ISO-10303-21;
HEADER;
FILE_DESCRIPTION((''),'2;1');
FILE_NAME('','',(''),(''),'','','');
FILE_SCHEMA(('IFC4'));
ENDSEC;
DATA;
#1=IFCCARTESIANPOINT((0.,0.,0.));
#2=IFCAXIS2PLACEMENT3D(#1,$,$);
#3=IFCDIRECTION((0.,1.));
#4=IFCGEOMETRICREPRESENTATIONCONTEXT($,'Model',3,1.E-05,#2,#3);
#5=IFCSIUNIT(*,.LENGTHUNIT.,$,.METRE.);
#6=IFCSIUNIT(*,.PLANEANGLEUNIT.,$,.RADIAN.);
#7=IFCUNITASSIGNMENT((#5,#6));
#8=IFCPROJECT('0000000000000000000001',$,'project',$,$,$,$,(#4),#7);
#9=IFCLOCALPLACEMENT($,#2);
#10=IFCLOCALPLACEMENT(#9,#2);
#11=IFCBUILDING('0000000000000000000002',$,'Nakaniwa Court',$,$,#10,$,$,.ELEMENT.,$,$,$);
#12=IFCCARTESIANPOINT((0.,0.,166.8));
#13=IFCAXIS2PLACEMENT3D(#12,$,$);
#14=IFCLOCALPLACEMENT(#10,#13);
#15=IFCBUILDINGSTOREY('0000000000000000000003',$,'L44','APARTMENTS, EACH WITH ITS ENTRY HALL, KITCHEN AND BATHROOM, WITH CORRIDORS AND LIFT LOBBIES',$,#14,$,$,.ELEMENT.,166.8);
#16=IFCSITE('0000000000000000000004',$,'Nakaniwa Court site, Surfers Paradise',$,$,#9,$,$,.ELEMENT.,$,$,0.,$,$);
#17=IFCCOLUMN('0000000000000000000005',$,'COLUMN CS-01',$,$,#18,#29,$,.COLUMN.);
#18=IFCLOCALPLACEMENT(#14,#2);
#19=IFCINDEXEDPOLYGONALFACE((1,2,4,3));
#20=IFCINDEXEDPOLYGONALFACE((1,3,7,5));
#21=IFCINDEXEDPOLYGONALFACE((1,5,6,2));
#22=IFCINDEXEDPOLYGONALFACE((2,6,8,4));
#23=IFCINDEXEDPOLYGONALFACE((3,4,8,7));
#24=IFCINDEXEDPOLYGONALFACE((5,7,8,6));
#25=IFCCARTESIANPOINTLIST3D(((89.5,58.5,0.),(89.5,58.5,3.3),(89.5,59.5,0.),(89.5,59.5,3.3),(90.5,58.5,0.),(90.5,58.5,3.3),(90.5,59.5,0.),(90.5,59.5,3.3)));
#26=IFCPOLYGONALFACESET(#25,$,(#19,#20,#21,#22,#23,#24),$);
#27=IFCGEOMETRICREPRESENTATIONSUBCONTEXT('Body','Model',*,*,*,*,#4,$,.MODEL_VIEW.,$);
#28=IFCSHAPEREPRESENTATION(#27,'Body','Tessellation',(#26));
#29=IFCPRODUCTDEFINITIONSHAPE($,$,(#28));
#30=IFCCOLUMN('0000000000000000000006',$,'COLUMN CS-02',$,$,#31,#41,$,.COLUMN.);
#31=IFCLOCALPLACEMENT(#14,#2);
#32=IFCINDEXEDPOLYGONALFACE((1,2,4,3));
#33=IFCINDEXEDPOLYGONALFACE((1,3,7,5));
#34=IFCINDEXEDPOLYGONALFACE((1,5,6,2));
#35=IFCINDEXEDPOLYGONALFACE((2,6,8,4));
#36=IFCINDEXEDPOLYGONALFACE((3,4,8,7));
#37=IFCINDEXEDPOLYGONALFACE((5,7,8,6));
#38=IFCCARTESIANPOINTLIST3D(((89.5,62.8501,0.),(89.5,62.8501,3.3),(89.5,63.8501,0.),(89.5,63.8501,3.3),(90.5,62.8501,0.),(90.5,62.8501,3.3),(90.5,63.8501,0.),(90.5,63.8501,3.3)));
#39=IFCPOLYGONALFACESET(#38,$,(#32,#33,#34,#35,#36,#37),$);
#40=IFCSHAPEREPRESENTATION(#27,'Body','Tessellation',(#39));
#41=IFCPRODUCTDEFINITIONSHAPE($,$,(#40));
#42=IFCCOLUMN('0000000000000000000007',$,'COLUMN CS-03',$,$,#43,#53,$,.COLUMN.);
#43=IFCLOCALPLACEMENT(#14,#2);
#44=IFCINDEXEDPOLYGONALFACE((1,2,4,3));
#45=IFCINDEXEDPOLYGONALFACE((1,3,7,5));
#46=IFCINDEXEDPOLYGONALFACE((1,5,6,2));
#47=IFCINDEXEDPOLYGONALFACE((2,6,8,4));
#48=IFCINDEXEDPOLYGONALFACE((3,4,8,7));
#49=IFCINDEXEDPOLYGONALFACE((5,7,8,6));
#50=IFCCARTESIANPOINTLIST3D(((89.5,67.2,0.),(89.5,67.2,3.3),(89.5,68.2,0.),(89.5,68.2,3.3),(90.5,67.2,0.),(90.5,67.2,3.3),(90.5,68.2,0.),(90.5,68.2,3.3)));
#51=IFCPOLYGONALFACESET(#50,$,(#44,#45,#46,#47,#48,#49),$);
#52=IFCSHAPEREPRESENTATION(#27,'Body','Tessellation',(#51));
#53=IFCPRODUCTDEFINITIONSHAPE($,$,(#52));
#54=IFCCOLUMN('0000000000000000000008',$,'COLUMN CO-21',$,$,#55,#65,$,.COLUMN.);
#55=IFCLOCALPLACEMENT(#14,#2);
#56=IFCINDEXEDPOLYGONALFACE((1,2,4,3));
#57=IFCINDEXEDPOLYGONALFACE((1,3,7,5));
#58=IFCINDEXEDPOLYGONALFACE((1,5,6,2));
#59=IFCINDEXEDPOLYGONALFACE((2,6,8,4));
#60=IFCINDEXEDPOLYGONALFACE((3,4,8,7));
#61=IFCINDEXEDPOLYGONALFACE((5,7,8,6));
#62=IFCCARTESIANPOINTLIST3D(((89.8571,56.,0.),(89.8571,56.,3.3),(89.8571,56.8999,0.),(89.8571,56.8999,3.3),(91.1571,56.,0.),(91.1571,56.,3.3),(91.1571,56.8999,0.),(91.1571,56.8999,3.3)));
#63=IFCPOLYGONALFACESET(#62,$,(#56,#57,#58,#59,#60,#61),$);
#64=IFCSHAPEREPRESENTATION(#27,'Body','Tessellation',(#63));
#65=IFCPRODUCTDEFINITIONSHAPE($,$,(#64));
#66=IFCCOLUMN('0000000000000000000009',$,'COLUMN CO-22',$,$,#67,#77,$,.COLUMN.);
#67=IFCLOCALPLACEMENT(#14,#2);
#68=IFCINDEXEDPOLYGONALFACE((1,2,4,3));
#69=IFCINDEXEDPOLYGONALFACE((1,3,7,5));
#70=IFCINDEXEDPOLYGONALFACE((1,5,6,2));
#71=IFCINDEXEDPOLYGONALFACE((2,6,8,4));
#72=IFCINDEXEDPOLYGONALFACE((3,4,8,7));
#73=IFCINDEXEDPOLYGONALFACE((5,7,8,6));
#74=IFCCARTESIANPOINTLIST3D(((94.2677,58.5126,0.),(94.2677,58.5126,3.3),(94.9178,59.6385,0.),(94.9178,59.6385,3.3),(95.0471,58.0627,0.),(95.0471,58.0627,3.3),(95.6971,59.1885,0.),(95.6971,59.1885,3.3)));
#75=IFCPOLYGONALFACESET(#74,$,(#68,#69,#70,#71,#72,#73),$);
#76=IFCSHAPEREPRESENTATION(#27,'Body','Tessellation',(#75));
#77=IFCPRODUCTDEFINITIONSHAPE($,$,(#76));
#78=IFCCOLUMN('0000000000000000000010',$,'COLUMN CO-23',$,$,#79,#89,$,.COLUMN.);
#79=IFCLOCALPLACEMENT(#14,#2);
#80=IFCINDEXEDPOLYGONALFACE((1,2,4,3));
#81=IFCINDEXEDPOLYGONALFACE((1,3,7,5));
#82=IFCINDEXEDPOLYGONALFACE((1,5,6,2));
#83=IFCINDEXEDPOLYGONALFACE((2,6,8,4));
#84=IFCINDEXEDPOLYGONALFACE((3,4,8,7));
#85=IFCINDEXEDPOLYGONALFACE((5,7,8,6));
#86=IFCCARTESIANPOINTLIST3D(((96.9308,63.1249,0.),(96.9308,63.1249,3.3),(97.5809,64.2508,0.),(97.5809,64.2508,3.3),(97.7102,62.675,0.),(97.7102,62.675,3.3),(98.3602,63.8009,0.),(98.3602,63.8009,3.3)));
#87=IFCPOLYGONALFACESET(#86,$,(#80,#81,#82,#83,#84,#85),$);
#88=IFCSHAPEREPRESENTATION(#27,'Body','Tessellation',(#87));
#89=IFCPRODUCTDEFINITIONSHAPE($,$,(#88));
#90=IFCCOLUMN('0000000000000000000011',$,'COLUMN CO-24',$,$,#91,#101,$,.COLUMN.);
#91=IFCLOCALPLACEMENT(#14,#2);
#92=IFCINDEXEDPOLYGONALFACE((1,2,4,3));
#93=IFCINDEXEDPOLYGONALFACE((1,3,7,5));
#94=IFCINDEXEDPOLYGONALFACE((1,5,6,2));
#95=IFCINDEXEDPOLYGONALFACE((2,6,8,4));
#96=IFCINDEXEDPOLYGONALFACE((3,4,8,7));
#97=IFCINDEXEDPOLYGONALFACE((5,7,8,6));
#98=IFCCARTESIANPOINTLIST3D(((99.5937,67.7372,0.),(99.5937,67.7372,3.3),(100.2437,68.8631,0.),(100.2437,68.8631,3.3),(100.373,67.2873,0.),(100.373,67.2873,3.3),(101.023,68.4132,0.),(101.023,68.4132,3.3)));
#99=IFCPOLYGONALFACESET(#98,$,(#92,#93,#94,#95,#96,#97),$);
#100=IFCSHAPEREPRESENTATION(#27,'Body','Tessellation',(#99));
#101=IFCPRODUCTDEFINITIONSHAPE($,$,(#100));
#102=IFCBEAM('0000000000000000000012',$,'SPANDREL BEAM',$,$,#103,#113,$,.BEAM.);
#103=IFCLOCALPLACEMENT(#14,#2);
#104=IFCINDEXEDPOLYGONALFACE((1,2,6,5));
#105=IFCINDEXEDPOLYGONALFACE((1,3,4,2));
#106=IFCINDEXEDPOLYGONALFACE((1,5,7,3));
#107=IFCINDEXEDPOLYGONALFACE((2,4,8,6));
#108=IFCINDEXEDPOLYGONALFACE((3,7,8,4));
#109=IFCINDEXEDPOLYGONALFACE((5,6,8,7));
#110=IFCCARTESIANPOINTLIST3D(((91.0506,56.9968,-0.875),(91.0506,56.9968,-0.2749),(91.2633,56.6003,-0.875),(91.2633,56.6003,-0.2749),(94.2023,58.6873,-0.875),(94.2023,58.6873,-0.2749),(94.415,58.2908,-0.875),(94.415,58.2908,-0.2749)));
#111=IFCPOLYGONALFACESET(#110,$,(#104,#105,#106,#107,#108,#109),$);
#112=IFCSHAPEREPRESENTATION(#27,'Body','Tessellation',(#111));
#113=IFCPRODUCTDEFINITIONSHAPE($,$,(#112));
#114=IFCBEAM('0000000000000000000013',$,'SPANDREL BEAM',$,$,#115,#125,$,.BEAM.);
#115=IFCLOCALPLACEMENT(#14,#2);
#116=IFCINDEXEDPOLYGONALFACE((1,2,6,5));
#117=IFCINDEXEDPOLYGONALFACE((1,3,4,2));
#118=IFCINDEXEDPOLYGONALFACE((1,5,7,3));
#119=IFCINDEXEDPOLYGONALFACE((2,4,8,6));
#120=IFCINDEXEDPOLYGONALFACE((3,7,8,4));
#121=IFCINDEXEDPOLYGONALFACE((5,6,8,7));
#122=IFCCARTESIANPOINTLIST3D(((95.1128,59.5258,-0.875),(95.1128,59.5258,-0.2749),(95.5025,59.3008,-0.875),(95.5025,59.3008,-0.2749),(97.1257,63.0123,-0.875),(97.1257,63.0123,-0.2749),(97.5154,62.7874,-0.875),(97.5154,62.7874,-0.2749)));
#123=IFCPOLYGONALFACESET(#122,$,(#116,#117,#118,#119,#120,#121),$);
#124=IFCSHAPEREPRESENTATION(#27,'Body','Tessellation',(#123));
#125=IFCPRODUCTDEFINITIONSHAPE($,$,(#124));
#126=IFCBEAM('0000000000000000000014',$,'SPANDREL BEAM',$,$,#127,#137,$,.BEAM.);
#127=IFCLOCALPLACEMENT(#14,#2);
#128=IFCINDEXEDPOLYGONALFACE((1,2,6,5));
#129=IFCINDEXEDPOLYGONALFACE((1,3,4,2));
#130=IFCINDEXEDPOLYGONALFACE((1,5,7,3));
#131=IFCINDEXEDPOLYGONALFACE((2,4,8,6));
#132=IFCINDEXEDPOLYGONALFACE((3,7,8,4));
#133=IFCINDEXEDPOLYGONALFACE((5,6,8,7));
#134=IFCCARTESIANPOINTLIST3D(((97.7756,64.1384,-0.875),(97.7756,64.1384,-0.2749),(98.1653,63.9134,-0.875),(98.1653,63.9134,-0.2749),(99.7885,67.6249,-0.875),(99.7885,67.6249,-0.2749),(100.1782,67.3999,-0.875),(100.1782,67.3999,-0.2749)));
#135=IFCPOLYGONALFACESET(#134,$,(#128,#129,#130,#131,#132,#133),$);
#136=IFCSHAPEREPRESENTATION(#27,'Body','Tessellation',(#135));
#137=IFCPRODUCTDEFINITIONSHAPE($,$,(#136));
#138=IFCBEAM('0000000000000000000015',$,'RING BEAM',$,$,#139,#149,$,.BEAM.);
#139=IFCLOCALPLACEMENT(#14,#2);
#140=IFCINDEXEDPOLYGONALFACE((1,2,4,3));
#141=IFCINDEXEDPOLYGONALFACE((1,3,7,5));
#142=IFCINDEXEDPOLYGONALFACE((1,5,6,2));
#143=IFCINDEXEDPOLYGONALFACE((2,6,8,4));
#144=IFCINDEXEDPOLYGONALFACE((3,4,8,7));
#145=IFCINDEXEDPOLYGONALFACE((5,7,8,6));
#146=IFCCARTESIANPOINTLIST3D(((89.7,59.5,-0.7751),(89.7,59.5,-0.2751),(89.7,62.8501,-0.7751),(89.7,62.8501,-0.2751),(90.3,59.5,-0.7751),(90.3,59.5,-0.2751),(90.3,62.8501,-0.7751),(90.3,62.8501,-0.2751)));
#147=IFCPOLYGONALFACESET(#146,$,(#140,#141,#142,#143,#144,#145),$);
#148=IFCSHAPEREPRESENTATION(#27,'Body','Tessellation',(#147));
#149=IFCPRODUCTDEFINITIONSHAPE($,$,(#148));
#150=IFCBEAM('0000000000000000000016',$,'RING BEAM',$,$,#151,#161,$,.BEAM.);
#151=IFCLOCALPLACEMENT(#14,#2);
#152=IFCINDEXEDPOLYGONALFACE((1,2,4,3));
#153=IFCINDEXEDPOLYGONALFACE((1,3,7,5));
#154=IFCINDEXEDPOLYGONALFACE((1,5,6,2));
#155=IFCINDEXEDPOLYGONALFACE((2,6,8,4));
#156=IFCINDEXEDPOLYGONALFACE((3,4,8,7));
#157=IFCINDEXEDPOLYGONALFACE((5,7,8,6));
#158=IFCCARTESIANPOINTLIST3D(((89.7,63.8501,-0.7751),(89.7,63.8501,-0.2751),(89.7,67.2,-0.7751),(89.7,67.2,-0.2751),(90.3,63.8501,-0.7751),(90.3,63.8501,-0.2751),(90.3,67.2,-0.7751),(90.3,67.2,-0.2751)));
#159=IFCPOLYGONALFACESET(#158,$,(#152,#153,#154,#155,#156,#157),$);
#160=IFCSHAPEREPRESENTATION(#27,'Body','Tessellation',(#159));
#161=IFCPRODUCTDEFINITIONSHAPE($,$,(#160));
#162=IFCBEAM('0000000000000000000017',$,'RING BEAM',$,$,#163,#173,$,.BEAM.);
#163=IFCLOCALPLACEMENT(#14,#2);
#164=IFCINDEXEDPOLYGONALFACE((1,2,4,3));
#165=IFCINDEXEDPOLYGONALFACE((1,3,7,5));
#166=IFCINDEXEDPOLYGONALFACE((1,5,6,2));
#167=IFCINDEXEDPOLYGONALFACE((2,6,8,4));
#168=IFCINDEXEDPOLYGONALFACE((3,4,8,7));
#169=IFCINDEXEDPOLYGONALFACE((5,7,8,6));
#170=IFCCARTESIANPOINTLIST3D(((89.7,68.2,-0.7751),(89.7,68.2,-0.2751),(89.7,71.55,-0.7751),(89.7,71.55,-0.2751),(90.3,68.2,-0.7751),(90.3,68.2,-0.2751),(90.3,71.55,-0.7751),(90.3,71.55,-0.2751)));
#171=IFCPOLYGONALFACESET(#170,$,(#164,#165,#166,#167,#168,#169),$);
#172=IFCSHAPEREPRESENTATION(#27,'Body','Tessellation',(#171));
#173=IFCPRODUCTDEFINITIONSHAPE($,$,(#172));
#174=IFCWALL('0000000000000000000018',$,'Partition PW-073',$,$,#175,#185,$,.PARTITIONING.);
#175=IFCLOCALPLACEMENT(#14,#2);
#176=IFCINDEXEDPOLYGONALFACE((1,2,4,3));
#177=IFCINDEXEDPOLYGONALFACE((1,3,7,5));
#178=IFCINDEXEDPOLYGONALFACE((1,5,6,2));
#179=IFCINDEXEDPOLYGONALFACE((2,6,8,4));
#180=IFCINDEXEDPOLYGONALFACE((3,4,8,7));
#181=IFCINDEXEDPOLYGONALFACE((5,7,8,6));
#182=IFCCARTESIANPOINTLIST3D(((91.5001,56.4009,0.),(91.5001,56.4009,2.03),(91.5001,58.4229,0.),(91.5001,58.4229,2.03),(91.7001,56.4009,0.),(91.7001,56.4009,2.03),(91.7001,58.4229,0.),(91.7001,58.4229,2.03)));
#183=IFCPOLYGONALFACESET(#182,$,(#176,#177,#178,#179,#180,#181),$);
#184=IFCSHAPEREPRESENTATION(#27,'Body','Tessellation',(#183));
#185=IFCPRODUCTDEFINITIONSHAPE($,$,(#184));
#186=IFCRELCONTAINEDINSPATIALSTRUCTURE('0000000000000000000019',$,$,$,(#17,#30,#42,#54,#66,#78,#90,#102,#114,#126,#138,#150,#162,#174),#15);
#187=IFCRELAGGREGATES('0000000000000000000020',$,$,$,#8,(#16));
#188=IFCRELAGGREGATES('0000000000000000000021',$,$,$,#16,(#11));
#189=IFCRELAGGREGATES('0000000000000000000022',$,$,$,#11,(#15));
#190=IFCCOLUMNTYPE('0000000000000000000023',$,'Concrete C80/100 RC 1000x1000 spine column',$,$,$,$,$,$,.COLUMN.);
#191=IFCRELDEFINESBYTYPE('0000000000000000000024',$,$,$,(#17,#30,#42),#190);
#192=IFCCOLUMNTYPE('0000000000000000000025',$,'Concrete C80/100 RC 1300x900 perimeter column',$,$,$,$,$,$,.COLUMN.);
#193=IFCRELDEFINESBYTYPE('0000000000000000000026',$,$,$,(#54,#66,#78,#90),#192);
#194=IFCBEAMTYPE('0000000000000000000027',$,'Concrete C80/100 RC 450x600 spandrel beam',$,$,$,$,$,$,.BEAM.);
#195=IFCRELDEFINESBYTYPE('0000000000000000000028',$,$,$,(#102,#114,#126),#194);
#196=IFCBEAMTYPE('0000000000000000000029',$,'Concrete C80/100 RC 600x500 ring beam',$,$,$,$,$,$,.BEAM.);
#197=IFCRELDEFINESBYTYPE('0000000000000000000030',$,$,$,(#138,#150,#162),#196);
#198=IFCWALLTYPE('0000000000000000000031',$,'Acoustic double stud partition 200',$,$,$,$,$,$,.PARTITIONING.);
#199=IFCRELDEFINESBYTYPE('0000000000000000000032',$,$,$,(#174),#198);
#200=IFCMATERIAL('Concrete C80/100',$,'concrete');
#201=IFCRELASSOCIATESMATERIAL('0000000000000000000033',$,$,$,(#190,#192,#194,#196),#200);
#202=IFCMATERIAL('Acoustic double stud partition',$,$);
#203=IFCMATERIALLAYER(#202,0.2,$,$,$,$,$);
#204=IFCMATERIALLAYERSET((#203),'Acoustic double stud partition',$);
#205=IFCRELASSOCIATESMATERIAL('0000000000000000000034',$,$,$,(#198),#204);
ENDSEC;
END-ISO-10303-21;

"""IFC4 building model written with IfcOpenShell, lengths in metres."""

from ifc_helpers import new_model, si_unit, direction, frame, frame_2d, origin, origin_2d, place, context, subcontext, project, spatial, rectangle, extrude, material, layer, layer_set, material_profile, profile_set, type_object, element, save


model = new_model("IFC4")

# Units and contexts
model_context = context("Model", 3, precision=1e-05, world=origin(), true_north=direction((0.0, 1.0)))
body_context = subcontext(model_context, "Body", "Model", "MODEL_VIEW")
ifc_project = project(units=[si_unit("LENGTHUNIT", "METRE"), si_unit("PLANEANGLEUNIT", "RADIAN")], contexts=[model_context])

# Site, building, storey
site_placement = place(None, origin())
site = spatial("IfcSite", under=ifc_project, at=site_placement, Name="Nakaniwa Court site, Surfers Paradise", CompositionType="ELEMENT", RefElevation=0.0)
building_placement = place(site_placement, origin())
building = spatial("IfcBuilding", under=site, at=building_placement, Name="Nakaniwa Court", CompositionType="ELEMENT")
storey_placement = place(building_placement, frame((0.0, 0.0, 166.8)))
storey = spatial("IfcBuildingStorey", under=building, at=storey_placement, Name="L44", Description="APARTMENTS, EACH WITH ITS ENTRY HALL, KITCHEN AND BATHROOM, WITH CORRIDORS AND LIFT LOBBIES", CompositionType="ELEMENT", Elevation=166.8)

# Columns
ifc_material_1 = material(Name="Concrete C80/100", Category="concrete")
ifc_material_profile_1 = material_profile(ifc_material_1, rectangle(XDim=1.0, YDim=1.0, at=origin_2d()), Name="Concrete C80/100 RC 1000x1000 spine column")
ifc_profile_set_1 = profile_set([ifc_material_profile_1], Name="Concrete C80/100")
column_type_1 = type_object("IfcColumnType", Name="Concrete C80/100 RC 1000x1000 spine column", PredefinedType="COLUMN", material=ifc_profile_set_1)
for number, where, z_axis, x_axis, name in (
    (1, (90.0, 59.0, 0.0), (0.0, 0.0, 1.0), (0.0, 1.0, 0.0), "COLUMN CS-01"),
    (2, (90.0, 63.3501, 0.0), (0.0, 0.0, 1.0), (0.0, 1.0, 0.0), "COLUMN CS-02"),
    (3, (90.0, 67.7, 0.0), (0.0, 0.0, 1.0), (0.0, 1.0, 0.0), "COLUMN CS-03"),
):
    element("IfcColumn", number, at=place(storey_placement, frame(where, z_axis=z_axis, x_axis=x_axis)), inside=storey, type_object=column_type_1, Name=name, PredefinedType="COLUMN", context=body_context, shape_type="SweptSolid", body=[
        extrude(rectangle(XDim=1.0, YDim=1.0, at=origin_2d()), origin(), (0.0, 0.0, 1.0), 3.3),
    ])
ifc_material_profile_2 = material_profile(ifc_material_1, rectangle(XDim=1.3, YDim=0.8999, at=origin_2d()), Name="Concrete C80/100 RC 1300x900 perimeter column")
ifc_profile_set_2 = profile_set([ifc_material_profile_2], Name="Concrete C80/100")
column_type_2 = type_object("IfcColumnType", Name="Concrete C80/100 RC 1300x900 perimeter column", PredefinedType="COLUMN", material=ifc_profile_set_2)
for number, where, z_axis, x_axis, name in (
    (4, (90.5071, 56.45, 0.0), (0.0, 0.0, 1.0), (1.0, 0.0, 0.0), "COLUMN CO-21"),
    (5, (94.9824, 58.8506, 0.0), (0.0, 0.0, 1.0), (0.5, 0.866025, 0.0), "COLUMN CO-22"),
    (6, (97.6455, 63.4629, 0.0), (0.0, 0.0, 1.0), (0.5, 0.866025, 0.0), "COLUMN CO-23"),
    (7, (100.3083, 68.0752, 0.0), (0.0, 0.0, 1.0), (0.5, 0.866025, 0.0), "COLUMN CO-24"),
):
    element("IfcColumn", number, at=place(storey_placement, frame(where, z_axis=z_axis, x_axis=x_axis)), inside=storey, type_object=column_type_2, Name=name, PredefinedType="COLUMN", context=body_context, shape_type="SweptSolid", body=[
        extrude(rectangle(XDim=1.3, YDim=0.8999, at=origin_2d()), origin(), (0.0, 0.0, 1.0), 3.3),
    ])

# Beams
ifc_material_profile_3 = material_profile(ifc_material_1, rectangle(XDim=0.45, YDim=0.6001, at=origin_2d()), Name="Concrete C80/100 RC 450x600 spandrel beam")
ifc_profile_set_3 = profile_set([ifc_material_profile_3], Name="Concrete C80/100")
beam_type_1 = type_object("IfcBeamType", Name="Concrete C80/100 RC 450x600 spandrel beam", PredefinedType="BEAM", material=ifc_profile_set_3)
beam_1_placement = place(storey_placement, frame((91.157, 56.7986, -0.575), z_axis=(0.881239, 0.47267, 0.0), x_axis=(-0.47267, 0.881239, 0.0)))
element("IfcBeam", 8, at=beam_1_placement, inside=storey, type_object=beam_type_1, Name="SPANDREL BEAM", PredefinedType="BEAM", context=body_context, shape_type="SweptSolid", body=[
    extrude(rectangle(XDim=0.45, YDim=0.6001, at=origin_2d()), origin(), (0.0, 0.0, 1.0), 3.5764),
])
for number, where, z_axis, x_axis, name in (
    (9, (95.3076, 59.4133, -0.575), (0.499994, 0.866029, 0.0), (-0.866029, 0.499994, 0.0), "SPANDREL BEAM"),
    (10, (97.9705, 64.0259, -0.575), (0.499994, 0.866029, 0.0), (-0.866029, 0.499994, 0.0), "SPANDREL BEAM"),
):
    element("IfcBeam", number, at=place(storey_placement, frame(where, z_axis=z_axis, x_axis=x_axis)), inside=storey, type_object=beam_type_1, Name=name, PredefinedType="BEAM", context=body_context, shape_type="SweptSolid", body=[
        extrude(rectangle(XDim=0.45, YDim=0.6001, at=origin_2d()), origin(), (0.0, 0.0, 1.0), 4.0259),
    ])
ifc_material_profile_4 = material_profile(ifc_material_1, rectangle(XDim=0.6001, YDim=0.5, at=origin_2d()), Name="Concrete C80/100 RC 600x500 ring beam")
ifc_profile_set_4 = profile_set([ifc_material_profile_4], Name="Concrete C80/100")
beam_type_2 = type_object("IfcBeamType", Name="Concrete C80/100 RC 600x500 ring beam", PredefinedType="BEAM", material=ifc_profile_set_4)
beam_2_placement = place(storey_placement, frame((90.0, 59.5, -0.5251), z_axis=(0.0, 1.0, 0.0), x_axis=(-1.0, 0.0, 0.0)))
element("IfcBeam", 11, at=beam_2_placement, inside=storey, type_object=beam_type_2, Name="RING BEAM", PredefinedType="BEAM", context=body_context, shape_type="SweptSolid", body=[
    extrude(rectangle(XDim=0.6001, YDim=0.5, at=origin_2d()), origin(), (0.0, 0.0, 1.0), 3.3501),
])
beam_3_placement = place(storey_placement, frame((90.0, 63.8501, -0.5251), z_axis=(0.0, 1.0, 0.0), x_axis=(-1.0, 0.0, 0.0)))
element("IfcBeam", 12, at=beam_3_placement, inside=storey, type_object=beam_type_2, Name="RING BEAM", PredefinedType="BEAM", context=body_context, shape_type="SweptSolid", body=[
    extrude(rectangle(XDim=0.6001, YDim=0.5, at=origin_2d()), origin(), (0.0, 0.0, 1.0), 3.3499),
])
beam_4_placement = place(storey_placement, frame((90.0, 68.2, -0.5251), z_axis=(0.0, 1.0, 0.0), x_axis=(-1.0, 0.0, 0.0)))
element("IfcBeam", 13, at=beam_4_placement, inside=storey, type_object=beam_type_2, Name="RING BEAM", PredefinedType="BEAM", context=body_context, shape_type="SweptSolid", body=[
    extrude(rectangle(XDim=0.6001, YDim=0.5, at=origin_2d()), origin(), (0.0, 0.0, 1.0), 3.3501),
])

# Wall
ifc_material_2 = material(Name="Acoustic double stud partition")
ifc_layer_1 = layer(ifc_material_2, 0.2)
ifc_layer_set_1 = layer_set([ifc_layer_1], Name="Acoustic double stud partition")
wall_type_1 = type_object("IfcWallType", Name="Acoustic double stud partition 200", PredefinedType="PARTITIONING", material=ifc_layer_set_1)
wall_1_placement = place(storey_placement, frame((91.6001, 56.4009, 0.0), z_axis=(0.0, 0.0, 1.0), x_axis=(0.0, 1.0, 0.0)))
element("IfcWall", 14, at=wall_1_placement, inside=storey, type_object=wall_type_1, Name="Partition PW-073", PredefinedType="PARTITIONING", context=body_context, shape_type="SweptSolid", body=[
    extrude(rectangle(XDim=2.022, YDim=0.2, at=frame_2d((1.011, 0.0))), origin(), (0.0, 0.0, 1.0), 2.03),
])

save(model, "model.ifc")
